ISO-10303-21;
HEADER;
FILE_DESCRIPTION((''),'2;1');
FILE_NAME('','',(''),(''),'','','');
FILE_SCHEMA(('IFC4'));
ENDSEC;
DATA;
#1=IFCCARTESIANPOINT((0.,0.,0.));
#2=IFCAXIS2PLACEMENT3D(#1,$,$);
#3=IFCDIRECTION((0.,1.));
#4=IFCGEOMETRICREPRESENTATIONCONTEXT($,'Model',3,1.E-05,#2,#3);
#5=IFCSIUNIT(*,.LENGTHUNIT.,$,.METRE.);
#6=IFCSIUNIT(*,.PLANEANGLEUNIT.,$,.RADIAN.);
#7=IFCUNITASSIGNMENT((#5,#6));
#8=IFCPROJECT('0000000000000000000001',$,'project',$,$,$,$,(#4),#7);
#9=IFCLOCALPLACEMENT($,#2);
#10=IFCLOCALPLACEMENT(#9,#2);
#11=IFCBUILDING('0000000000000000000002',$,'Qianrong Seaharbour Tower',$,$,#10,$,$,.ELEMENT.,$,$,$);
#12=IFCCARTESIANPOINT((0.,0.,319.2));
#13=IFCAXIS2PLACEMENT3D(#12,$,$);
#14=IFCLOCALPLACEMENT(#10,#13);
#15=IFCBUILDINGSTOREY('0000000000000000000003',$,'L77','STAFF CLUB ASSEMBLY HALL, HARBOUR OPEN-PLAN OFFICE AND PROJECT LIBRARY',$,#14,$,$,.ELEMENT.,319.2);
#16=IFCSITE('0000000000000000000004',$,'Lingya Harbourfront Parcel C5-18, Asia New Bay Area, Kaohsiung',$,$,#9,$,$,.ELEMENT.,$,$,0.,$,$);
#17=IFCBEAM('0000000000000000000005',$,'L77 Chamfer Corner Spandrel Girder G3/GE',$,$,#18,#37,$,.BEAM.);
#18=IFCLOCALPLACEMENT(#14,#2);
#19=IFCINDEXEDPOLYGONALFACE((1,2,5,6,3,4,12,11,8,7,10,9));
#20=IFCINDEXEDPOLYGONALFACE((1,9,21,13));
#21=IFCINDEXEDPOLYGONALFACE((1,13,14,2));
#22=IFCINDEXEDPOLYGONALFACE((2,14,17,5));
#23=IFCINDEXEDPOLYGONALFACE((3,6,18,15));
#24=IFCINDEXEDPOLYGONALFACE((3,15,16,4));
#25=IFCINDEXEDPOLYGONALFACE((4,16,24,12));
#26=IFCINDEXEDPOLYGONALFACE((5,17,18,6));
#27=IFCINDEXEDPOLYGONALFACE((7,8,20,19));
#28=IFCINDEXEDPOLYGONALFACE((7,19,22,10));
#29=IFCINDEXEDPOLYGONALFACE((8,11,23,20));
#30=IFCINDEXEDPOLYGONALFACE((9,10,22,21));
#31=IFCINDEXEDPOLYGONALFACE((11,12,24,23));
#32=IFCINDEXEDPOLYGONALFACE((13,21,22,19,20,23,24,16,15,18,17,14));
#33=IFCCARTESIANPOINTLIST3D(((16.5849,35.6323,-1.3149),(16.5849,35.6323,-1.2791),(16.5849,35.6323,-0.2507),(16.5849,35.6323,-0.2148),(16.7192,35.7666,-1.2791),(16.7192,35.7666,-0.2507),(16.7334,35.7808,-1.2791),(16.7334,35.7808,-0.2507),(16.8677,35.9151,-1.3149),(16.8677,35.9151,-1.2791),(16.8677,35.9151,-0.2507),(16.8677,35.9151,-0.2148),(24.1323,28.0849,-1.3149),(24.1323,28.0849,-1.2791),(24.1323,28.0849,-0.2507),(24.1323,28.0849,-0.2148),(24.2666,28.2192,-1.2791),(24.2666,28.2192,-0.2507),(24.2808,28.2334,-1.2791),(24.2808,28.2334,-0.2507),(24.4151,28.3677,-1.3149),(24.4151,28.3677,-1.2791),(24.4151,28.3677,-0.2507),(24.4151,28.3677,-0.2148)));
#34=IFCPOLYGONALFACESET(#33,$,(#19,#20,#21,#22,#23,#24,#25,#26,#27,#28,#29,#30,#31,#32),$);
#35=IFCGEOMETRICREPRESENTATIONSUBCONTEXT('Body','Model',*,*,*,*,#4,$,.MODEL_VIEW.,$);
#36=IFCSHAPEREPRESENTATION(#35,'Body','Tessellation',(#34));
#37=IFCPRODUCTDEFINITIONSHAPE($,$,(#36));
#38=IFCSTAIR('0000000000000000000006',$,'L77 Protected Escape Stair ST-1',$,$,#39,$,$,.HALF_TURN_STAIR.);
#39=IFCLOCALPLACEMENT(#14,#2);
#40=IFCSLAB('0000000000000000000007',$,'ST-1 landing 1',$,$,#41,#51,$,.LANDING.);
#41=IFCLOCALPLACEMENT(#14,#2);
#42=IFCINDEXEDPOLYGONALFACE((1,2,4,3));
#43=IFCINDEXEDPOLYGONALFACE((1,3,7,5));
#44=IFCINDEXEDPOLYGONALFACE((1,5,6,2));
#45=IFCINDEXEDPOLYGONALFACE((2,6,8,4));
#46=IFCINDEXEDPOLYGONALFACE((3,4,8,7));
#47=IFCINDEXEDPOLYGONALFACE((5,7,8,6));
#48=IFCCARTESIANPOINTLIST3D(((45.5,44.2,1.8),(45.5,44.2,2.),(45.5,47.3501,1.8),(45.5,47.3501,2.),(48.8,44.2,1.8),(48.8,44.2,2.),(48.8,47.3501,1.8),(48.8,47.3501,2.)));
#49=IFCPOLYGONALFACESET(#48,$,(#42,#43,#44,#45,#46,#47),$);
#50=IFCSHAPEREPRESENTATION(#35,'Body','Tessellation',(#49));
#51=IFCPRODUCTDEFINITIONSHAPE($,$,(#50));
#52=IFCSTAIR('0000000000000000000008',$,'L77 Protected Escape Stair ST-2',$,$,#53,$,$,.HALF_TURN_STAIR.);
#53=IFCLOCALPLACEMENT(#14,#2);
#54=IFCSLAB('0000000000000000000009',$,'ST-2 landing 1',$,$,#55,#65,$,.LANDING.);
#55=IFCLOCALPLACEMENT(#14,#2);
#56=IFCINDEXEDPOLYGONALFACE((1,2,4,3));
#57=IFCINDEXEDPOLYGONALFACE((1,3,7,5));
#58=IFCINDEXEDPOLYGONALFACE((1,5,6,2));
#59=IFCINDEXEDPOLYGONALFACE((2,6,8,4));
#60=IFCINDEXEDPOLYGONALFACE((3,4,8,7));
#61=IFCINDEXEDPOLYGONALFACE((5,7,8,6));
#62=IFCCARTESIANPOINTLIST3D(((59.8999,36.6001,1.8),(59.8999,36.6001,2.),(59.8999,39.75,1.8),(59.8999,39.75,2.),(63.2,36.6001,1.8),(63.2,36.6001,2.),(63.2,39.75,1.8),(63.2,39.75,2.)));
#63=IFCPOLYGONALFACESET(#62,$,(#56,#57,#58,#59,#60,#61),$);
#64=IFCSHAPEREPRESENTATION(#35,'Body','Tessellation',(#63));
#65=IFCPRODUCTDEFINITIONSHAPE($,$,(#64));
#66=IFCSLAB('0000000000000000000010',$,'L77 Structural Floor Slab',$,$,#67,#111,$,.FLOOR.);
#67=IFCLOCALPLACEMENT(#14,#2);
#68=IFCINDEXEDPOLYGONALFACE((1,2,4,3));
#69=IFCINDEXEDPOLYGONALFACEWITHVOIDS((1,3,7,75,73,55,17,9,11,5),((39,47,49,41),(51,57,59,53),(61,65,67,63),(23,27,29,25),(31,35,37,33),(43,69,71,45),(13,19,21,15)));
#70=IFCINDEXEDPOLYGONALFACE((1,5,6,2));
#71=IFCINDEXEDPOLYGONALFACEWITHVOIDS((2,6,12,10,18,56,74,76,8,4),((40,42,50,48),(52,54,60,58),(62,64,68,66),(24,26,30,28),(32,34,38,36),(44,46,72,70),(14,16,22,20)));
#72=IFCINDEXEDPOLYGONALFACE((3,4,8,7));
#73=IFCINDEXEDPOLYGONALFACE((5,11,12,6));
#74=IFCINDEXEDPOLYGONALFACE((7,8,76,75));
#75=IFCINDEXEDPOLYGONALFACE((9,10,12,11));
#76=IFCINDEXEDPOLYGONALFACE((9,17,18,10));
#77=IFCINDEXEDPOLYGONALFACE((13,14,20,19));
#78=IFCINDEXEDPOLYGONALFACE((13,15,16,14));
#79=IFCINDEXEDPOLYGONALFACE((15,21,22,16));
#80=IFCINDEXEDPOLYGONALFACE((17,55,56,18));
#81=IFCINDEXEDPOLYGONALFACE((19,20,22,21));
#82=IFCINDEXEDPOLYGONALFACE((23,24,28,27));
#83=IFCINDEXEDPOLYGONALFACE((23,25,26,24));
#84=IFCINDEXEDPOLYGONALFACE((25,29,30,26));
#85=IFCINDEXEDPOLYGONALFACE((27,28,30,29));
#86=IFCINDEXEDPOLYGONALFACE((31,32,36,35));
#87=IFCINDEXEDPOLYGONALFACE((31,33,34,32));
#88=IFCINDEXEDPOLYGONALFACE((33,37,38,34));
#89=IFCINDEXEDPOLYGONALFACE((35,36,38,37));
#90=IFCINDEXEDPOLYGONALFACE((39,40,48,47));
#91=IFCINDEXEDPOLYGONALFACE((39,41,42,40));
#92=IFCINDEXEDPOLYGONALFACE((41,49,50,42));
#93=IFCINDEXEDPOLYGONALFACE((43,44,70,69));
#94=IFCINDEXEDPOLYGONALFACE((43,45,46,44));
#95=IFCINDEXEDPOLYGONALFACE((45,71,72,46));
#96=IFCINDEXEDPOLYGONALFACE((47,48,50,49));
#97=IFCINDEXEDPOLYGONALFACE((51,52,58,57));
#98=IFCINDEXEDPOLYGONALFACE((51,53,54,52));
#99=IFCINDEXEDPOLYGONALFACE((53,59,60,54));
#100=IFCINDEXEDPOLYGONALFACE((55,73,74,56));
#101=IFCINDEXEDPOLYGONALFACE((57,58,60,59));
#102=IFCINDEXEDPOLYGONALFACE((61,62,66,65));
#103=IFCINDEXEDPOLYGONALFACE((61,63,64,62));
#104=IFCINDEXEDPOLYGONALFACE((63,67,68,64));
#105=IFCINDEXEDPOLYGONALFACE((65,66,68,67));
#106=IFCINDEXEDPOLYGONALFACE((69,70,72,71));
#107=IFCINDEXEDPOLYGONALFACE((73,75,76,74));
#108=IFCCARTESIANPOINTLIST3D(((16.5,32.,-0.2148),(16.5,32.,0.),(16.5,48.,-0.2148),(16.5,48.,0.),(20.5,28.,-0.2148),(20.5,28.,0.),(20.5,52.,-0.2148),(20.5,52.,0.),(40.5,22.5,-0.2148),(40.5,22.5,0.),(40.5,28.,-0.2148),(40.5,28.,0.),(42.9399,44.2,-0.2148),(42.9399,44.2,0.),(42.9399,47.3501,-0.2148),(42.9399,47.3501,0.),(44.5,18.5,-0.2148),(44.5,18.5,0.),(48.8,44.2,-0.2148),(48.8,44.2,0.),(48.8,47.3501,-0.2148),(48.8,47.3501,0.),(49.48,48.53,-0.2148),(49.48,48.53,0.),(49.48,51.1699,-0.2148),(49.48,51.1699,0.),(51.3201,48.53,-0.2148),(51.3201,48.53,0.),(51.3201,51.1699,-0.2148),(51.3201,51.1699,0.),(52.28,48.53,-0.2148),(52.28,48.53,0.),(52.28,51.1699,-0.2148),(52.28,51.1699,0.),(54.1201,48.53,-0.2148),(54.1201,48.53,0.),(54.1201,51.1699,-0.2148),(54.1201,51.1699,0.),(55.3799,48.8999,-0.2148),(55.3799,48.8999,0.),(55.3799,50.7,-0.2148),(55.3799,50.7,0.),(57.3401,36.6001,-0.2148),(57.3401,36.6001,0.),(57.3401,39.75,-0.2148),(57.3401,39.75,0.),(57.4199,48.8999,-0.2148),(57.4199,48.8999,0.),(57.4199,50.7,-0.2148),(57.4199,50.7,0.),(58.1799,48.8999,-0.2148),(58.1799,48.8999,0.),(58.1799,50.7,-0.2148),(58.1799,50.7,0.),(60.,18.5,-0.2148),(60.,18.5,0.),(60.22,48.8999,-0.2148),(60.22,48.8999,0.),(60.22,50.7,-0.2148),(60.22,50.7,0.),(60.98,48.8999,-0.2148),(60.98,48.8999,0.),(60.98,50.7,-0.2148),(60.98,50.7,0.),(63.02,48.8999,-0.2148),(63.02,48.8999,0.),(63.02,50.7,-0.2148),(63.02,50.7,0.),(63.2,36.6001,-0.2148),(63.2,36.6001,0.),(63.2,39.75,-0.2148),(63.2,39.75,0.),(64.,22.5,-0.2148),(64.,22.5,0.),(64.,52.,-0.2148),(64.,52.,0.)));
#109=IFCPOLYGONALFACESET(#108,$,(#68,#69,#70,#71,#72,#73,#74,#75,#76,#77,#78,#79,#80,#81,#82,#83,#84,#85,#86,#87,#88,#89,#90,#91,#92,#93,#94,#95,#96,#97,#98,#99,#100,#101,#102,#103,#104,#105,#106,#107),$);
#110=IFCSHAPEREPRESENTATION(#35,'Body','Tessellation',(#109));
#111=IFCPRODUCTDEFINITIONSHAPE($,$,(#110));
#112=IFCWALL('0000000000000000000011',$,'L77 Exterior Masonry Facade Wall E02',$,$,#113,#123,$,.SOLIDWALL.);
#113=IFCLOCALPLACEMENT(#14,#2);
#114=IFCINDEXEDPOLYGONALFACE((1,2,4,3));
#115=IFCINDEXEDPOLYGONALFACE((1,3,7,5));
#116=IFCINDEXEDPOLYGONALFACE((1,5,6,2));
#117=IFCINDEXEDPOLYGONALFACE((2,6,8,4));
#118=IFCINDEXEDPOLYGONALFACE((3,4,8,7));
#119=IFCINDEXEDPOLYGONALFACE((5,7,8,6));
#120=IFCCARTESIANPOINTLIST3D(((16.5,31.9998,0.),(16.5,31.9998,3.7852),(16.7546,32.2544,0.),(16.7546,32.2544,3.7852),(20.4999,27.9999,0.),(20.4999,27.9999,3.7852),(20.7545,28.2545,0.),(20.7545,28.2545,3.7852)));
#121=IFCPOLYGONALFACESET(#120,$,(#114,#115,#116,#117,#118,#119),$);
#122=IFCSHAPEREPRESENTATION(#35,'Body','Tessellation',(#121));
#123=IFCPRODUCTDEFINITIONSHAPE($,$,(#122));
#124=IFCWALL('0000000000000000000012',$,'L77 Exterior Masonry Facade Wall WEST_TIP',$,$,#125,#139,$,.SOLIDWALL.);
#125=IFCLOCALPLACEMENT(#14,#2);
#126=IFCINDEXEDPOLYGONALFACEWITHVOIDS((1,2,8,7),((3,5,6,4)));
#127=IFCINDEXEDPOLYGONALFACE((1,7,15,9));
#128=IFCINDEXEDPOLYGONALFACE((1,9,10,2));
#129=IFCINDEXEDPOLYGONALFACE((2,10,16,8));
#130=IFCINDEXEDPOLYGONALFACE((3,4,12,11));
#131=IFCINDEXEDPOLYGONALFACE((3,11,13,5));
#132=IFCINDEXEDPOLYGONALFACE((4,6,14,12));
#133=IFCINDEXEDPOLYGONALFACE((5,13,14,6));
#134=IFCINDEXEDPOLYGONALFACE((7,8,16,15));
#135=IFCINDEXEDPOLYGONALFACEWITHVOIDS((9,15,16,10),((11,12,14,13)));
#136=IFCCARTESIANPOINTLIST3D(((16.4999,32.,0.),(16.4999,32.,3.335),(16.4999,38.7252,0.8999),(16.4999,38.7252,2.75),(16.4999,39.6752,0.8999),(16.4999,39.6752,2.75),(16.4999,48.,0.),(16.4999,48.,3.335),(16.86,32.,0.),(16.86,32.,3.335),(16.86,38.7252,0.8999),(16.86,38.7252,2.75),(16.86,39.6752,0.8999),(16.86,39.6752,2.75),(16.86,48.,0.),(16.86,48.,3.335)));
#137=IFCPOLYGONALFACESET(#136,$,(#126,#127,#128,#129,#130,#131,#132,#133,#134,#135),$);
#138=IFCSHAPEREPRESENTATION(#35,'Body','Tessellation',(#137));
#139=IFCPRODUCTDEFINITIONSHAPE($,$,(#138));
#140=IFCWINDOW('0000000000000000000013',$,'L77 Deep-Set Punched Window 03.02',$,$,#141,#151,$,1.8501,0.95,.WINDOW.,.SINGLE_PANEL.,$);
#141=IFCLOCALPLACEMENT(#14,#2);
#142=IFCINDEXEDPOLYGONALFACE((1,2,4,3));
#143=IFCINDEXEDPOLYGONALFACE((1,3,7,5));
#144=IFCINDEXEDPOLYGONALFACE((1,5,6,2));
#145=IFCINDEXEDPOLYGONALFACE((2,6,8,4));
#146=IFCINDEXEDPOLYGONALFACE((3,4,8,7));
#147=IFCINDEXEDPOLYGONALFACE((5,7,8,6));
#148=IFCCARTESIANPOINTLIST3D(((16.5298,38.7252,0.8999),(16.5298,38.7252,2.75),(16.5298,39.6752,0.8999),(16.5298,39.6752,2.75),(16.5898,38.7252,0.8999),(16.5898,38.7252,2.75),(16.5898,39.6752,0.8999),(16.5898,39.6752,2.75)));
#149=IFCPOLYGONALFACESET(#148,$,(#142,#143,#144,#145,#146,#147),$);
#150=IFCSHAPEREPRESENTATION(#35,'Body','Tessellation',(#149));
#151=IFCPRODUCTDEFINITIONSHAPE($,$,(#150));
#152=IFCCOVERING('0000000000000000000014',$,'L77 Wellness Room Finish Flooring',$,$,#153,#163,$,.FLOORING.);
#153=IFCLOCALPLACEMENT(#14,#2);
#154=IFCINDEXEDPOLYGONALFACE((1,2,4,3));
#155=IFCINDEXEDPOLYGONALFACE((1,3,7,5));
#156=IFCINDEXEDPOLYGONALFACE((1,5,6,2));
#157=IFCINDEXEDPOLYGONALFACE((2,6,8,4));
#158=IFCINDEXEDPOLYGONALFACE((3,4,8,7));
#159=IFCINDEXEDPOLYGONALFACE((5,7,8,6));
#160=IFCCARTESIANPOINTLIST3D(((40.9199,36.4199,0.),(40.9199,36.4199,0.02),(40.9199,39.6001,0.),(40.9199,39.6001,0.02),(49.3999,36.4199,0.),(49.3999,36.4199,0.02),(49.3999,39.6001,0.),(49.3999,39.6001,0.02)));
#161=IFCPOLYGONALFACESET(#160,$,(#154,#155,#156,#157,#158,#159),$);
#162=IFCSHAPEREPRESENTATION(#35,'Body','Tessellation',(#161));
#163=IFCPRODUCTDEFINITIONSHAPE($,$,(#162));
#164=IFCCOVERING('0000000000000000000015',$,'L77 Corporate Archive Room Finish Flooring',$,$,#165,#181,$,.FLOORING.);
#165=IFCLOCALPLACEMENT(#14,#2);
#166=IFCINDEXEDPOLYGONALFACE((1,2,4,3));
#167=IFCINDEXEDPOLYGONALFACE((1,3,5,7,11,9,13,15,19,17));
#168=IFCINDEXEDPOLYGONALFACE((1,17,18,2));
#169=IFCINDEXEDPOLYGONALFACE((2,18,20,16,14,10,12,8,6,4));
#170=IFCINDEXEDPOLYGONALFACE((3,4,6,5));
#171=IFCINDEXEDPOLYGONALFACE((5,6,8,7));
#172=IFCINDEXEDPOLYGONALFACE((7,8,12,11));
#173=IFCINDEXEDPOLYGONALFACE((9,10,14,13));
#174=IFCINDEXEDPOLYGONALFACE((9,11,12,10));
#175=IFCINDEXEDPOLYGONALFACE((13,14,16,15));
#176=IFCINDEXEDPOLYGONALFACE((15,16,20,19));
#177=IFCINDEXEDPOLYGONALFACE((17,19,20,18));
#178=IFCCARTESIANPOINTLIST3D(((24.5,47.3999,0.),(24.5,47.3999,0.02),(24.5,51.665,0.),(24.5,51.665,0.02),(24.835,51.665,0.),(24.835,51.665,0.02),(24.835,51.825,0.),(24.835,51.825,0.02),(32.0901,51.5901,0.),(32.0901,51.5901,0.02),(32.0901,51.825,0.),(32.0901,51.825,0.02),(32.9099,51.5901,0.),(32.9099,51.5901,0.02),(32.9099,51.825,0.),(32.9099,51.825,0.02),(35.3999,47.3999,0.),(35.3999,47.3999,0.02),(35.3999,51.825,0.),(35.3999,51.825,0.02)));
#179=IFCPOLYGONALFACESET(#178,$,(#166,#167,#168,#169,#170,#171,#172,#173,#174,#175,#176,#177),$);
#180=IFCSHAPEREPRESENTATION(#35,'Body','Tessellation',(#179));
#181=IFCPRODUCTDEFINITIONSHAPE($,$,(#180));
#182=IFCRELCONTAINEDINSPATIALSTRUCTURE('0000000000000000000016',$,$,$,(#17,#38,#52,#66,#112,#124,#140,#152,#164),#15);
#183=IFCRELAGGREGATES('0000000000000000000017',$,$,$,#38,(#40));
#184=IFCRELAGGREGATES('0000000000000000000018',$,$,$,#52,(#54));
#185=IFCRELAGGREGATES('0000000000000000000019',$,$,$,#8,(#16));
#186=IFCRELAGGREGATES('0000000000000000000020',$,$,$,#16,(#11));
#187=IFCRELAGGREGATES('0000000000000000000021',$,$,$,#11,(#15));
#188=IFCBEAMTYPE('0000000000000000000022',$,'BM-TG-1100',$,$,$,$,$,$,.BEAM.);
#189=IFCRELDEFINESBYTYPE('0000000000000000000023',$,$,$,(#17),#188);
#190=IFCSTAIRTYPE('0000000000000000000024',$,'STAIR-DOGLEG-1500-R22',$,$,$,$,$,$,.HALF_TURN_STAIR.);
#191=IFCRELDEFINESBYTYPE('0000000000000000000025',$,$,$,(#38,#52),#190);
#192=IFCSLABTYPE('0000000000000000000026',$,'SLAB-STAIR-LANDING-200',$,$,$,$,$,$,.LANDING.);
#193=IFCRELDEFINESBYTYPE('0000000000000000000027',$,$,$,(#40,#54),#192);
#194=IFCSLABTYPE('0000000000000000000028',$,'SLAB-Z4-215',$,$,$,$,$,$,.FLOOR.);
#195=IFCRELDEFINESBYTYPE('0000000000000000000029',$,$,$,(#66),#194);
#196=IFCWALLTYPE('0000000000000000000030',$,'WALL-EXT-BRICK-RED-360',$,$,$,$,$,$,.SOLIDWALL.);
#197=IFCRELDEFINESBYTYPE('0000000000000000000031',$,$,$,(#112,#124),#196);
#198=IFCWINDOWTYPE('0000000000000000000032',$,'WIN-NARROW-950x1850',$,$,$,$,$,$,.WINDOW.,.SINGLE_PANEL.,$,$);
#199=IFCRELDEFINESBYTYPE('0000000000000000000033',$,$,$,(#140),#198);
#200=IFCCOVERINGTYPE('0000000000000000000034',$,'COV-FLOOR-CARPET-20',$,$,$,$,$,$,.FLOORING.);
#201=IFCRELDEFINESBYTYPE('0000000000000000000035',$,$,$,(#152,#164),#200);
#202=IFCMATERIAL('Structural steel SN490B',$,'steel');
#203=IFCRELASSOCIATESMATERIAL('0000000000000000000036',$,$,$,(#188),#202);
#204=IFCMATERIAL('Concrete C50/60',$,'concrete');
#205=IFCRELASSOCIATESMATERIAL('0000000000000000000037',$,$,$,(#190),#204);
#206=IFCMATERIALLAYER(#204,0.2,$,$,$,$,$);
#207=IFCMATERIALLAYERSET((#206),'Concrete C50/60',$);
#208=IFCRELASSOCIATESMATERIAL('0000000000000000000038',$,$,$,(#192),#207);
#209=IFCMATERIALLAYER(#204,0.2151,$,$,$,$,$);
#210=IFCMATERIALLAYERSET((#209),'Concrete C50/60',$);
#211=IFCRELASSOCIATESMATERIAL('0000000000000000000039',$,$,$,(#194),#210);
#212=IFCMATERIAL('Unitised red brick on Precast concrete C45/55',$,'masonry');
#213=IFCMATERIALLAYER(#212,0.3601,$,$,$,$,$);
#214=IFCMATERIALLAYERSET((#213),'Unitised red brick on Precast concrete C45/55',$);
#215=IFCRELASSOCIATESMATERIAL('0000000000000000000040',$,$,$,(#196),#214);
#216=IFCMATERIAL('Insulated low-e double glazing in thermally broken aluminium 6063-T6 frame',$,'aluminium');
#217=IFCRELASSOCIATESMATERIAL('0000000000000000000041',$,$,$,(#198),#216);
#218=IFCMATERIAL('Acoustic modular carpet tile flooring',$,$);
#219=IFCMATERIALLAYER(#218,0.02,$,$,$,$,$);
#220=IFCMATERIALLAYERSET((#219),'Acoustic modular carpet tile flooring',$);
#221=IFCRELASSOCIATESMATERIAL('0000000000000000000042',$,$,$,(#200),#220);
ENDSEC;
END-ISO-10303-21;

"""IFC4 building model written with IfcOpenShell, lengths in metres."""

from ifc_helpers import new_model, si_unit, direction, frame, frame_2d, origin, origin_2d, place, context, subcontext, project, spatial, polyline, rectangle, i_section, outline, extrude, material, layer, layer_set, material_profile, profile_set, type_object, element, fill, aggregate, save


model = new_model("IFC4")

# Units and contexts
model_context = context("Model", 3, precision=1e-05, world=origin(), true_north=direction((0.0, 1.0)))
body_context = subcontext(model_context, "Body", "Model", "MODEL_VIEW")
ifc_project = project(units=[si_unit("LENGTHUNIT", "METRE"), si_unit("PLANEANGLEUNIT", "RADIAN")], contexts=[model_context])

# Site, building, storey
site_placement = place(None, origin())
site = spatial("IfcSite", under=ifc_project, at=site_placement, Name="Lingya Harbourfront Parcel C5-18, Asia New Bay Area, Kaohsiung", CompositionType="ELEMENT", RefElevation=0.0)
building_placement = place(site_placement, origin())
building = spatial("IfcBuilding", under=site, at=building_placement, Name="Qianrong Seaharbour Tower", CompositionType="ELEMENT")
storey_placement = place(building_placement, frame((0.0, 0.0, 319.2)))
storey = spatial("IfcBuildingStorey", under=building, at=storey_placement, Name="L77", Description="STAFF CLUB ASSEMBLY HALL, HARBOUR OPEN-PLAN OFFICE AND PROJECT LIBRARY", CompositionType="ELEMENT", Elevation=319.2)

# Beam
ifc_material_1 = material(Name="Structural steel SN490B", Category="steel")
ifc_material_profile_1 = material_profile(ifc_material_1, i_section(OverallWidth=0.3999, OverallDepth=1.1001, WebThickness=0.02, FlangeThickness=0.0359, at=origin_2d()), Name="BH1100x400x20x36")
ifc_profile_set_1 = profile_set([ifc_material_profile_1], Name="Structural steel SN490B")
beam_type_1 = type_object("IfcBeamType", Name="BM-TG-1100", PredefinedType="BEAM", material=ifc_profile_set_1)
beam_1_placement = place(storey_placement, frame((24.2737, 28.2263, -0.7649), z_axis=(-0.707107, 0.707107, 0.0), x_axis=(-0.707107, -0.707107, 0.0)))
element("IfcBeam", 1, at=beam_1_placement, inside=storey, type_object=beam_type_1, Name="L77 Chamfer Corner Spandrel Girder G3/GE", PredefinedType="BEAM", context=body_context, shape_type="SweptSolid", body=[
    extrude(i_section(OverallWidth=0.3999, OverallDepth=1.1001, WebThickness=0.02, FlangeThickness=0.0359, at=origin_2d()), origin(), (0.0, 0.0, 1.0), 10.6736),
])

# Stairs, slabs
ifc_material_2 = material(Name="Concrete C50/60", Category="concrete")
stair_type = type_object("IfcStairType", Name="STAIR-DOGLEG-1500-R22", PredefinedType="HALF_TURN_STAIR", material=ifc_material_2)
stair_1_placement = place(storey_placement, origin())
stair_1 = element("IfcStair", 2, at=stair_1_placement, inside=storey, type_object=stair_type, Name="L77 Protected Escape Stair ST-1", PredefinedType="HALF_TURN_STAIR")
ifc_layer_1 = layer(ifc_material_2, 0.2)
ifc_layer_set_1 = layer_set([ifc_layer_1], Name="Concrete C50/60")
slab_type_1 = type_object("IfcSlabType", Name="SLAB-STAIR-LANDING-200", PredefinedType="LANDING", material=ifc_layer_set_1)
slab_1_placement = place(storey_placement, frame((0.0, 0.0, 1.8)))
slab_1 = element("IfcSlab", 3, at=slab_1_placement, type_object=slab_type_1, Name="ST-1 landing 1", PredefinedType="LANDING", context=body_context, shape_type="SweptSolid", body=[
    extrude(outline(polyline([(45.5, 44.2), (48.8, 44.2), (48.8, 47.3501), (45.5, 47.3501), (45.5, 44.2)])), origin(), (0.0, 0.0, 1.0), 0.2),
])
aggregate(stair_1, [slab_1])
stair_2_placement = place(storey_placement, origin())
stair_2 = element("IfcStair", 4, at=stair_2_placement, inside=storey, type_object=stair_type, Name="L77 Protected Escape Stair ST-2", PredefinedType="HALF_TURN_STAIR")
slab_2_placement = place(storey_placement, frame((0.0, 0.0, 1.8)))
slab_2 = element("IfcSlab", 5, at=slab_2_placement, type_object=slab_type_1, Name="ST-2 landing 1", PredefinedType="LANDING", context=body_context, shape_type="SweptSolid", body=[
    extrude(outline(polyline([(59.8999, 36.6001), (63.2, 36.6001), (63.2, 39.75), (59.8999, 39.75), (59.8999, 36.6001)])), origin(), (0.0, 0.0, 1.0), 0.2),
])
aggregate(stair_2, [slab_2])

# Slab
ifc_layer_2 = layer(ifc_material_2, 0.2151)
ifc_layer_set_2 = layer_set([ifc_layer_2], Name="Concrete C50/60")
slab_type_2 = type_object("IfcSlabType", Name="SLAB-Z4-215", PredefinedType="FLOOR", material=ifc_layer_set_2)
slab_3_placement = place(storey_placement, frame((0.0, 0.0, -0.2148)))
element("IfcSlab", 6, at=slab_3_placement, inside=storey, type_object=slab_type_2, Name="L77 Structural Floor Slab", PredefinedType="FLOOR", context=body_context, shape_type="SweptSolid", body=[
    extrude(outline(polyline([(44.5, 18.5), (60.0, 18.5), (64.0, 22.5), (64.0, 52.0), (20.5, 52.0), (16.5, 48.0), (16.5, 32.0), (20.5, 28.0), (40.5, 28.0), (40.5, 22.5), (44.5, 18.5)]), holes=[polyline([(42.9399, 44.2), (42.9399, 47.3501), (48.8, 47.3501), (48.8, 44.2), (42.9399, 44.2)]), polyline([(57.3401, 36.6001), (57.3401, 39.75), (63.2, 39.75), (63.2, 36.6001), (57.3401, 36.6001)]), polyline([(49.48, 48.53), (49.48, 51.1699), (51.3201, 51.1699), (51.3201, 48.53), (49.48, 48.53)]), polyline([(52.28, 48.53), (52.28, 51.1699), (54.1201, 51.1699), (54.1201, 48.53), (52.28, 48.53)]), polyline([(55.3799, 48.8999), (55.3799, 50.7), (57.4199, 50.7), (57.4199, 48.8999), (55.3799, 48.8999)]), polyline([(58.1799, 48.8999), (58.1799, 50.7), (60.22, 50.7), (60.22, 48.8999), (58.1799, 48.8999)]), polyline([(60.98, 48.8999), (60.98, 50.7), (63.02, 50.7), (63.02, 48.8999), (60.98, 48.8999)])]), origin(), (0.0, 0.0, 1.0), 0.2148),
])

# Wall
ifc_material_3 = material(Name="Unitised red brick on Precast concrete C45/55", Category="masonry")
ifc_layer_3 = layer(ifc_material_3, 0.3601)
ifc_layer_set_3 = layer_set([ifc_layer_3], Name="Unitised red brick on Precast concrete C45/55")
wall_type = type_object("IfcWallType", Name="WALL-EXT-BRICK-RED-360", PredefinedType="SOLIDWALL", material=ifc_layer_set_3)
wall_1_placement = place(storey_placement, frame((20.6272, 28.1272, 0.0), z_axis=(0.0, 0.0, 1.0), x_axis=(-0.707107, 0.707107, 0.0)))
element("IfcWall", 7, at=wall_1_placement, inside=storey, type_object=wall_type, Name="L77 Exterior Masonry Facade Wall E02", PredefinedType="SOLIDWALL", context=body_context, shape_type="SweptSolid", body=[
    extrude(rectangle(XDim=5.6567, YDim=0.3601, at=frame_2d((2.8284, 0.0))), origin(), (0.0, 0.0, 1.0), 3.7852),
])

# Wall, opening, window
wall_2_placement = place(storey_placement, frame((16.6799, 32.0, 0.0), z_axis=(0.0, 0.0, 1.0), x_axis=(0.0, 1.0, 0.0)))
wall_2 = element("IfcWall", 8, at=wall_2_placement, inside=storey, type_object=wall_type, Name="L77 Exterior Masonry Facade Wall WEST_TIP", PredefinedType="SOLIDWALL", context=body_context, shape_type="SweptSolid", body=[
    extrude(rectangle(XDim=16.0, YDim=0.3601, at=frame_2d((8.0, 0.0))), origin(), (0.0, 0.0, 1.0), 3.335),
])
opening_placement = place(wall_2_placement, frame((6.7251, 0.0, 0.8999)))
opening = element("IfcOpeningElement", 9, at=opening_placement, cuts=wall_2, PredefinedType="OPENING", context=body_context, shape_type="SweptSolid", body=[
    extrude(rectangle(XDim=0.95, YDim=1.8501, at=frame_2d((0.4751, 0.925))), frame((0.0, 0.1899, 0.0), z_axis=(0.0, -1.0, 0.0), x_axis=(1.0, 0.0, 0.0)), (0.0, 0.0, 1.0), 0.3801),
])
ifc_material_4 = material(Name="Insulated low-e double glazing in thermally broken aluminium 6063-T6 frame", Category="aluminium")
window_type = type_object("IfcWindowType", Name="WIN-NARROW-950x1850", PartitioningType="SINGLE_PANEL", PredefinedType="WINDOW", material=ifc_material_4)
window_placement = place(opening_placement, origin())
window = element("IfcWindow", 10, at=window_placement, inside=storey, type_object=window_type, Name="L77 Deep-Set Punched Window 03.02", OverallHeight=1.8501, OverallWidth=0.95, PartitioningType="SINGLE_PANEL", PredefinedType="WINDOW", context=body_context, shape_type="SweptSolid", body=[
    extrude(rectangle(XDim=0.95, YDim=1.8501, at=frame_2d((0.4751, 0.925))), frame((0.0, 0.1501, 0.0), z_axis=(0.0, -1.0, 0.0), x_axis=(1.0, 0.0, 0.0)), (0.0, 0.0, 1.0), 0.0601),
])
fill(opening, window)

# Coverings
ifc_material_5 = material(Name="Acoustic modular carpet tile flooring")
ifc_layer_4 = layer(ifc_material_5, 0.02)
ifc_layer_set_4 = layer_set([ifc_layer_4], Name="Acoustic modular carpet tile flooring")
covering_type_1 = type_object("IfcCoveringType", Name="COV-FLOOR-CARPET-20", PredefinedType="FLOORING", material=ifc_layer_set_4)
covering_1_placement = place(storey_placement, origin())
element("IfcCovering", 11, at=covering_1_placement, inside=storey, type_object=covering_type_1, Name="L77 Wellness Room Finish Flooring", PredefinedType="FLOORING", context=body_context, shape_type="SweptSolid", body=[
    extrude(outline(polyline([(49.3999, 39.6001), (49.3999, 36.4199), (40.9199, 36.4199), (40.9199, 39.6001), (49.3999, 39.6001)])), origin(), (0.0, 0.0, 1.0), 0.02),
])
covering_2_placement = place(storey_placement, origin())
element("IfcCovering", 12, at=covering_2_placement, inside=storey, type_object=covering_type_1, Name="L77 Corporate Archive Room Finish Flooring", PredefinedType="FLOORING", context=body_context, shape_type="SweptSolid", body=[
    extrude(outline(polyline([(24.5, 51.665), (24.835, 51.665), (24.835, 51.825), (32.0901, 51.825), (32.0901, 51.5901), (32.9099, 51.5901), (32.9099, 51.825), (35.3999, 51.825), (35.3999, 47.3999), (24.5, 47.3999), (24.5, 51.665)])), origin(), (0.0, 0.0, 1.0), 0.02),
])

save(model, "model.ifc")
